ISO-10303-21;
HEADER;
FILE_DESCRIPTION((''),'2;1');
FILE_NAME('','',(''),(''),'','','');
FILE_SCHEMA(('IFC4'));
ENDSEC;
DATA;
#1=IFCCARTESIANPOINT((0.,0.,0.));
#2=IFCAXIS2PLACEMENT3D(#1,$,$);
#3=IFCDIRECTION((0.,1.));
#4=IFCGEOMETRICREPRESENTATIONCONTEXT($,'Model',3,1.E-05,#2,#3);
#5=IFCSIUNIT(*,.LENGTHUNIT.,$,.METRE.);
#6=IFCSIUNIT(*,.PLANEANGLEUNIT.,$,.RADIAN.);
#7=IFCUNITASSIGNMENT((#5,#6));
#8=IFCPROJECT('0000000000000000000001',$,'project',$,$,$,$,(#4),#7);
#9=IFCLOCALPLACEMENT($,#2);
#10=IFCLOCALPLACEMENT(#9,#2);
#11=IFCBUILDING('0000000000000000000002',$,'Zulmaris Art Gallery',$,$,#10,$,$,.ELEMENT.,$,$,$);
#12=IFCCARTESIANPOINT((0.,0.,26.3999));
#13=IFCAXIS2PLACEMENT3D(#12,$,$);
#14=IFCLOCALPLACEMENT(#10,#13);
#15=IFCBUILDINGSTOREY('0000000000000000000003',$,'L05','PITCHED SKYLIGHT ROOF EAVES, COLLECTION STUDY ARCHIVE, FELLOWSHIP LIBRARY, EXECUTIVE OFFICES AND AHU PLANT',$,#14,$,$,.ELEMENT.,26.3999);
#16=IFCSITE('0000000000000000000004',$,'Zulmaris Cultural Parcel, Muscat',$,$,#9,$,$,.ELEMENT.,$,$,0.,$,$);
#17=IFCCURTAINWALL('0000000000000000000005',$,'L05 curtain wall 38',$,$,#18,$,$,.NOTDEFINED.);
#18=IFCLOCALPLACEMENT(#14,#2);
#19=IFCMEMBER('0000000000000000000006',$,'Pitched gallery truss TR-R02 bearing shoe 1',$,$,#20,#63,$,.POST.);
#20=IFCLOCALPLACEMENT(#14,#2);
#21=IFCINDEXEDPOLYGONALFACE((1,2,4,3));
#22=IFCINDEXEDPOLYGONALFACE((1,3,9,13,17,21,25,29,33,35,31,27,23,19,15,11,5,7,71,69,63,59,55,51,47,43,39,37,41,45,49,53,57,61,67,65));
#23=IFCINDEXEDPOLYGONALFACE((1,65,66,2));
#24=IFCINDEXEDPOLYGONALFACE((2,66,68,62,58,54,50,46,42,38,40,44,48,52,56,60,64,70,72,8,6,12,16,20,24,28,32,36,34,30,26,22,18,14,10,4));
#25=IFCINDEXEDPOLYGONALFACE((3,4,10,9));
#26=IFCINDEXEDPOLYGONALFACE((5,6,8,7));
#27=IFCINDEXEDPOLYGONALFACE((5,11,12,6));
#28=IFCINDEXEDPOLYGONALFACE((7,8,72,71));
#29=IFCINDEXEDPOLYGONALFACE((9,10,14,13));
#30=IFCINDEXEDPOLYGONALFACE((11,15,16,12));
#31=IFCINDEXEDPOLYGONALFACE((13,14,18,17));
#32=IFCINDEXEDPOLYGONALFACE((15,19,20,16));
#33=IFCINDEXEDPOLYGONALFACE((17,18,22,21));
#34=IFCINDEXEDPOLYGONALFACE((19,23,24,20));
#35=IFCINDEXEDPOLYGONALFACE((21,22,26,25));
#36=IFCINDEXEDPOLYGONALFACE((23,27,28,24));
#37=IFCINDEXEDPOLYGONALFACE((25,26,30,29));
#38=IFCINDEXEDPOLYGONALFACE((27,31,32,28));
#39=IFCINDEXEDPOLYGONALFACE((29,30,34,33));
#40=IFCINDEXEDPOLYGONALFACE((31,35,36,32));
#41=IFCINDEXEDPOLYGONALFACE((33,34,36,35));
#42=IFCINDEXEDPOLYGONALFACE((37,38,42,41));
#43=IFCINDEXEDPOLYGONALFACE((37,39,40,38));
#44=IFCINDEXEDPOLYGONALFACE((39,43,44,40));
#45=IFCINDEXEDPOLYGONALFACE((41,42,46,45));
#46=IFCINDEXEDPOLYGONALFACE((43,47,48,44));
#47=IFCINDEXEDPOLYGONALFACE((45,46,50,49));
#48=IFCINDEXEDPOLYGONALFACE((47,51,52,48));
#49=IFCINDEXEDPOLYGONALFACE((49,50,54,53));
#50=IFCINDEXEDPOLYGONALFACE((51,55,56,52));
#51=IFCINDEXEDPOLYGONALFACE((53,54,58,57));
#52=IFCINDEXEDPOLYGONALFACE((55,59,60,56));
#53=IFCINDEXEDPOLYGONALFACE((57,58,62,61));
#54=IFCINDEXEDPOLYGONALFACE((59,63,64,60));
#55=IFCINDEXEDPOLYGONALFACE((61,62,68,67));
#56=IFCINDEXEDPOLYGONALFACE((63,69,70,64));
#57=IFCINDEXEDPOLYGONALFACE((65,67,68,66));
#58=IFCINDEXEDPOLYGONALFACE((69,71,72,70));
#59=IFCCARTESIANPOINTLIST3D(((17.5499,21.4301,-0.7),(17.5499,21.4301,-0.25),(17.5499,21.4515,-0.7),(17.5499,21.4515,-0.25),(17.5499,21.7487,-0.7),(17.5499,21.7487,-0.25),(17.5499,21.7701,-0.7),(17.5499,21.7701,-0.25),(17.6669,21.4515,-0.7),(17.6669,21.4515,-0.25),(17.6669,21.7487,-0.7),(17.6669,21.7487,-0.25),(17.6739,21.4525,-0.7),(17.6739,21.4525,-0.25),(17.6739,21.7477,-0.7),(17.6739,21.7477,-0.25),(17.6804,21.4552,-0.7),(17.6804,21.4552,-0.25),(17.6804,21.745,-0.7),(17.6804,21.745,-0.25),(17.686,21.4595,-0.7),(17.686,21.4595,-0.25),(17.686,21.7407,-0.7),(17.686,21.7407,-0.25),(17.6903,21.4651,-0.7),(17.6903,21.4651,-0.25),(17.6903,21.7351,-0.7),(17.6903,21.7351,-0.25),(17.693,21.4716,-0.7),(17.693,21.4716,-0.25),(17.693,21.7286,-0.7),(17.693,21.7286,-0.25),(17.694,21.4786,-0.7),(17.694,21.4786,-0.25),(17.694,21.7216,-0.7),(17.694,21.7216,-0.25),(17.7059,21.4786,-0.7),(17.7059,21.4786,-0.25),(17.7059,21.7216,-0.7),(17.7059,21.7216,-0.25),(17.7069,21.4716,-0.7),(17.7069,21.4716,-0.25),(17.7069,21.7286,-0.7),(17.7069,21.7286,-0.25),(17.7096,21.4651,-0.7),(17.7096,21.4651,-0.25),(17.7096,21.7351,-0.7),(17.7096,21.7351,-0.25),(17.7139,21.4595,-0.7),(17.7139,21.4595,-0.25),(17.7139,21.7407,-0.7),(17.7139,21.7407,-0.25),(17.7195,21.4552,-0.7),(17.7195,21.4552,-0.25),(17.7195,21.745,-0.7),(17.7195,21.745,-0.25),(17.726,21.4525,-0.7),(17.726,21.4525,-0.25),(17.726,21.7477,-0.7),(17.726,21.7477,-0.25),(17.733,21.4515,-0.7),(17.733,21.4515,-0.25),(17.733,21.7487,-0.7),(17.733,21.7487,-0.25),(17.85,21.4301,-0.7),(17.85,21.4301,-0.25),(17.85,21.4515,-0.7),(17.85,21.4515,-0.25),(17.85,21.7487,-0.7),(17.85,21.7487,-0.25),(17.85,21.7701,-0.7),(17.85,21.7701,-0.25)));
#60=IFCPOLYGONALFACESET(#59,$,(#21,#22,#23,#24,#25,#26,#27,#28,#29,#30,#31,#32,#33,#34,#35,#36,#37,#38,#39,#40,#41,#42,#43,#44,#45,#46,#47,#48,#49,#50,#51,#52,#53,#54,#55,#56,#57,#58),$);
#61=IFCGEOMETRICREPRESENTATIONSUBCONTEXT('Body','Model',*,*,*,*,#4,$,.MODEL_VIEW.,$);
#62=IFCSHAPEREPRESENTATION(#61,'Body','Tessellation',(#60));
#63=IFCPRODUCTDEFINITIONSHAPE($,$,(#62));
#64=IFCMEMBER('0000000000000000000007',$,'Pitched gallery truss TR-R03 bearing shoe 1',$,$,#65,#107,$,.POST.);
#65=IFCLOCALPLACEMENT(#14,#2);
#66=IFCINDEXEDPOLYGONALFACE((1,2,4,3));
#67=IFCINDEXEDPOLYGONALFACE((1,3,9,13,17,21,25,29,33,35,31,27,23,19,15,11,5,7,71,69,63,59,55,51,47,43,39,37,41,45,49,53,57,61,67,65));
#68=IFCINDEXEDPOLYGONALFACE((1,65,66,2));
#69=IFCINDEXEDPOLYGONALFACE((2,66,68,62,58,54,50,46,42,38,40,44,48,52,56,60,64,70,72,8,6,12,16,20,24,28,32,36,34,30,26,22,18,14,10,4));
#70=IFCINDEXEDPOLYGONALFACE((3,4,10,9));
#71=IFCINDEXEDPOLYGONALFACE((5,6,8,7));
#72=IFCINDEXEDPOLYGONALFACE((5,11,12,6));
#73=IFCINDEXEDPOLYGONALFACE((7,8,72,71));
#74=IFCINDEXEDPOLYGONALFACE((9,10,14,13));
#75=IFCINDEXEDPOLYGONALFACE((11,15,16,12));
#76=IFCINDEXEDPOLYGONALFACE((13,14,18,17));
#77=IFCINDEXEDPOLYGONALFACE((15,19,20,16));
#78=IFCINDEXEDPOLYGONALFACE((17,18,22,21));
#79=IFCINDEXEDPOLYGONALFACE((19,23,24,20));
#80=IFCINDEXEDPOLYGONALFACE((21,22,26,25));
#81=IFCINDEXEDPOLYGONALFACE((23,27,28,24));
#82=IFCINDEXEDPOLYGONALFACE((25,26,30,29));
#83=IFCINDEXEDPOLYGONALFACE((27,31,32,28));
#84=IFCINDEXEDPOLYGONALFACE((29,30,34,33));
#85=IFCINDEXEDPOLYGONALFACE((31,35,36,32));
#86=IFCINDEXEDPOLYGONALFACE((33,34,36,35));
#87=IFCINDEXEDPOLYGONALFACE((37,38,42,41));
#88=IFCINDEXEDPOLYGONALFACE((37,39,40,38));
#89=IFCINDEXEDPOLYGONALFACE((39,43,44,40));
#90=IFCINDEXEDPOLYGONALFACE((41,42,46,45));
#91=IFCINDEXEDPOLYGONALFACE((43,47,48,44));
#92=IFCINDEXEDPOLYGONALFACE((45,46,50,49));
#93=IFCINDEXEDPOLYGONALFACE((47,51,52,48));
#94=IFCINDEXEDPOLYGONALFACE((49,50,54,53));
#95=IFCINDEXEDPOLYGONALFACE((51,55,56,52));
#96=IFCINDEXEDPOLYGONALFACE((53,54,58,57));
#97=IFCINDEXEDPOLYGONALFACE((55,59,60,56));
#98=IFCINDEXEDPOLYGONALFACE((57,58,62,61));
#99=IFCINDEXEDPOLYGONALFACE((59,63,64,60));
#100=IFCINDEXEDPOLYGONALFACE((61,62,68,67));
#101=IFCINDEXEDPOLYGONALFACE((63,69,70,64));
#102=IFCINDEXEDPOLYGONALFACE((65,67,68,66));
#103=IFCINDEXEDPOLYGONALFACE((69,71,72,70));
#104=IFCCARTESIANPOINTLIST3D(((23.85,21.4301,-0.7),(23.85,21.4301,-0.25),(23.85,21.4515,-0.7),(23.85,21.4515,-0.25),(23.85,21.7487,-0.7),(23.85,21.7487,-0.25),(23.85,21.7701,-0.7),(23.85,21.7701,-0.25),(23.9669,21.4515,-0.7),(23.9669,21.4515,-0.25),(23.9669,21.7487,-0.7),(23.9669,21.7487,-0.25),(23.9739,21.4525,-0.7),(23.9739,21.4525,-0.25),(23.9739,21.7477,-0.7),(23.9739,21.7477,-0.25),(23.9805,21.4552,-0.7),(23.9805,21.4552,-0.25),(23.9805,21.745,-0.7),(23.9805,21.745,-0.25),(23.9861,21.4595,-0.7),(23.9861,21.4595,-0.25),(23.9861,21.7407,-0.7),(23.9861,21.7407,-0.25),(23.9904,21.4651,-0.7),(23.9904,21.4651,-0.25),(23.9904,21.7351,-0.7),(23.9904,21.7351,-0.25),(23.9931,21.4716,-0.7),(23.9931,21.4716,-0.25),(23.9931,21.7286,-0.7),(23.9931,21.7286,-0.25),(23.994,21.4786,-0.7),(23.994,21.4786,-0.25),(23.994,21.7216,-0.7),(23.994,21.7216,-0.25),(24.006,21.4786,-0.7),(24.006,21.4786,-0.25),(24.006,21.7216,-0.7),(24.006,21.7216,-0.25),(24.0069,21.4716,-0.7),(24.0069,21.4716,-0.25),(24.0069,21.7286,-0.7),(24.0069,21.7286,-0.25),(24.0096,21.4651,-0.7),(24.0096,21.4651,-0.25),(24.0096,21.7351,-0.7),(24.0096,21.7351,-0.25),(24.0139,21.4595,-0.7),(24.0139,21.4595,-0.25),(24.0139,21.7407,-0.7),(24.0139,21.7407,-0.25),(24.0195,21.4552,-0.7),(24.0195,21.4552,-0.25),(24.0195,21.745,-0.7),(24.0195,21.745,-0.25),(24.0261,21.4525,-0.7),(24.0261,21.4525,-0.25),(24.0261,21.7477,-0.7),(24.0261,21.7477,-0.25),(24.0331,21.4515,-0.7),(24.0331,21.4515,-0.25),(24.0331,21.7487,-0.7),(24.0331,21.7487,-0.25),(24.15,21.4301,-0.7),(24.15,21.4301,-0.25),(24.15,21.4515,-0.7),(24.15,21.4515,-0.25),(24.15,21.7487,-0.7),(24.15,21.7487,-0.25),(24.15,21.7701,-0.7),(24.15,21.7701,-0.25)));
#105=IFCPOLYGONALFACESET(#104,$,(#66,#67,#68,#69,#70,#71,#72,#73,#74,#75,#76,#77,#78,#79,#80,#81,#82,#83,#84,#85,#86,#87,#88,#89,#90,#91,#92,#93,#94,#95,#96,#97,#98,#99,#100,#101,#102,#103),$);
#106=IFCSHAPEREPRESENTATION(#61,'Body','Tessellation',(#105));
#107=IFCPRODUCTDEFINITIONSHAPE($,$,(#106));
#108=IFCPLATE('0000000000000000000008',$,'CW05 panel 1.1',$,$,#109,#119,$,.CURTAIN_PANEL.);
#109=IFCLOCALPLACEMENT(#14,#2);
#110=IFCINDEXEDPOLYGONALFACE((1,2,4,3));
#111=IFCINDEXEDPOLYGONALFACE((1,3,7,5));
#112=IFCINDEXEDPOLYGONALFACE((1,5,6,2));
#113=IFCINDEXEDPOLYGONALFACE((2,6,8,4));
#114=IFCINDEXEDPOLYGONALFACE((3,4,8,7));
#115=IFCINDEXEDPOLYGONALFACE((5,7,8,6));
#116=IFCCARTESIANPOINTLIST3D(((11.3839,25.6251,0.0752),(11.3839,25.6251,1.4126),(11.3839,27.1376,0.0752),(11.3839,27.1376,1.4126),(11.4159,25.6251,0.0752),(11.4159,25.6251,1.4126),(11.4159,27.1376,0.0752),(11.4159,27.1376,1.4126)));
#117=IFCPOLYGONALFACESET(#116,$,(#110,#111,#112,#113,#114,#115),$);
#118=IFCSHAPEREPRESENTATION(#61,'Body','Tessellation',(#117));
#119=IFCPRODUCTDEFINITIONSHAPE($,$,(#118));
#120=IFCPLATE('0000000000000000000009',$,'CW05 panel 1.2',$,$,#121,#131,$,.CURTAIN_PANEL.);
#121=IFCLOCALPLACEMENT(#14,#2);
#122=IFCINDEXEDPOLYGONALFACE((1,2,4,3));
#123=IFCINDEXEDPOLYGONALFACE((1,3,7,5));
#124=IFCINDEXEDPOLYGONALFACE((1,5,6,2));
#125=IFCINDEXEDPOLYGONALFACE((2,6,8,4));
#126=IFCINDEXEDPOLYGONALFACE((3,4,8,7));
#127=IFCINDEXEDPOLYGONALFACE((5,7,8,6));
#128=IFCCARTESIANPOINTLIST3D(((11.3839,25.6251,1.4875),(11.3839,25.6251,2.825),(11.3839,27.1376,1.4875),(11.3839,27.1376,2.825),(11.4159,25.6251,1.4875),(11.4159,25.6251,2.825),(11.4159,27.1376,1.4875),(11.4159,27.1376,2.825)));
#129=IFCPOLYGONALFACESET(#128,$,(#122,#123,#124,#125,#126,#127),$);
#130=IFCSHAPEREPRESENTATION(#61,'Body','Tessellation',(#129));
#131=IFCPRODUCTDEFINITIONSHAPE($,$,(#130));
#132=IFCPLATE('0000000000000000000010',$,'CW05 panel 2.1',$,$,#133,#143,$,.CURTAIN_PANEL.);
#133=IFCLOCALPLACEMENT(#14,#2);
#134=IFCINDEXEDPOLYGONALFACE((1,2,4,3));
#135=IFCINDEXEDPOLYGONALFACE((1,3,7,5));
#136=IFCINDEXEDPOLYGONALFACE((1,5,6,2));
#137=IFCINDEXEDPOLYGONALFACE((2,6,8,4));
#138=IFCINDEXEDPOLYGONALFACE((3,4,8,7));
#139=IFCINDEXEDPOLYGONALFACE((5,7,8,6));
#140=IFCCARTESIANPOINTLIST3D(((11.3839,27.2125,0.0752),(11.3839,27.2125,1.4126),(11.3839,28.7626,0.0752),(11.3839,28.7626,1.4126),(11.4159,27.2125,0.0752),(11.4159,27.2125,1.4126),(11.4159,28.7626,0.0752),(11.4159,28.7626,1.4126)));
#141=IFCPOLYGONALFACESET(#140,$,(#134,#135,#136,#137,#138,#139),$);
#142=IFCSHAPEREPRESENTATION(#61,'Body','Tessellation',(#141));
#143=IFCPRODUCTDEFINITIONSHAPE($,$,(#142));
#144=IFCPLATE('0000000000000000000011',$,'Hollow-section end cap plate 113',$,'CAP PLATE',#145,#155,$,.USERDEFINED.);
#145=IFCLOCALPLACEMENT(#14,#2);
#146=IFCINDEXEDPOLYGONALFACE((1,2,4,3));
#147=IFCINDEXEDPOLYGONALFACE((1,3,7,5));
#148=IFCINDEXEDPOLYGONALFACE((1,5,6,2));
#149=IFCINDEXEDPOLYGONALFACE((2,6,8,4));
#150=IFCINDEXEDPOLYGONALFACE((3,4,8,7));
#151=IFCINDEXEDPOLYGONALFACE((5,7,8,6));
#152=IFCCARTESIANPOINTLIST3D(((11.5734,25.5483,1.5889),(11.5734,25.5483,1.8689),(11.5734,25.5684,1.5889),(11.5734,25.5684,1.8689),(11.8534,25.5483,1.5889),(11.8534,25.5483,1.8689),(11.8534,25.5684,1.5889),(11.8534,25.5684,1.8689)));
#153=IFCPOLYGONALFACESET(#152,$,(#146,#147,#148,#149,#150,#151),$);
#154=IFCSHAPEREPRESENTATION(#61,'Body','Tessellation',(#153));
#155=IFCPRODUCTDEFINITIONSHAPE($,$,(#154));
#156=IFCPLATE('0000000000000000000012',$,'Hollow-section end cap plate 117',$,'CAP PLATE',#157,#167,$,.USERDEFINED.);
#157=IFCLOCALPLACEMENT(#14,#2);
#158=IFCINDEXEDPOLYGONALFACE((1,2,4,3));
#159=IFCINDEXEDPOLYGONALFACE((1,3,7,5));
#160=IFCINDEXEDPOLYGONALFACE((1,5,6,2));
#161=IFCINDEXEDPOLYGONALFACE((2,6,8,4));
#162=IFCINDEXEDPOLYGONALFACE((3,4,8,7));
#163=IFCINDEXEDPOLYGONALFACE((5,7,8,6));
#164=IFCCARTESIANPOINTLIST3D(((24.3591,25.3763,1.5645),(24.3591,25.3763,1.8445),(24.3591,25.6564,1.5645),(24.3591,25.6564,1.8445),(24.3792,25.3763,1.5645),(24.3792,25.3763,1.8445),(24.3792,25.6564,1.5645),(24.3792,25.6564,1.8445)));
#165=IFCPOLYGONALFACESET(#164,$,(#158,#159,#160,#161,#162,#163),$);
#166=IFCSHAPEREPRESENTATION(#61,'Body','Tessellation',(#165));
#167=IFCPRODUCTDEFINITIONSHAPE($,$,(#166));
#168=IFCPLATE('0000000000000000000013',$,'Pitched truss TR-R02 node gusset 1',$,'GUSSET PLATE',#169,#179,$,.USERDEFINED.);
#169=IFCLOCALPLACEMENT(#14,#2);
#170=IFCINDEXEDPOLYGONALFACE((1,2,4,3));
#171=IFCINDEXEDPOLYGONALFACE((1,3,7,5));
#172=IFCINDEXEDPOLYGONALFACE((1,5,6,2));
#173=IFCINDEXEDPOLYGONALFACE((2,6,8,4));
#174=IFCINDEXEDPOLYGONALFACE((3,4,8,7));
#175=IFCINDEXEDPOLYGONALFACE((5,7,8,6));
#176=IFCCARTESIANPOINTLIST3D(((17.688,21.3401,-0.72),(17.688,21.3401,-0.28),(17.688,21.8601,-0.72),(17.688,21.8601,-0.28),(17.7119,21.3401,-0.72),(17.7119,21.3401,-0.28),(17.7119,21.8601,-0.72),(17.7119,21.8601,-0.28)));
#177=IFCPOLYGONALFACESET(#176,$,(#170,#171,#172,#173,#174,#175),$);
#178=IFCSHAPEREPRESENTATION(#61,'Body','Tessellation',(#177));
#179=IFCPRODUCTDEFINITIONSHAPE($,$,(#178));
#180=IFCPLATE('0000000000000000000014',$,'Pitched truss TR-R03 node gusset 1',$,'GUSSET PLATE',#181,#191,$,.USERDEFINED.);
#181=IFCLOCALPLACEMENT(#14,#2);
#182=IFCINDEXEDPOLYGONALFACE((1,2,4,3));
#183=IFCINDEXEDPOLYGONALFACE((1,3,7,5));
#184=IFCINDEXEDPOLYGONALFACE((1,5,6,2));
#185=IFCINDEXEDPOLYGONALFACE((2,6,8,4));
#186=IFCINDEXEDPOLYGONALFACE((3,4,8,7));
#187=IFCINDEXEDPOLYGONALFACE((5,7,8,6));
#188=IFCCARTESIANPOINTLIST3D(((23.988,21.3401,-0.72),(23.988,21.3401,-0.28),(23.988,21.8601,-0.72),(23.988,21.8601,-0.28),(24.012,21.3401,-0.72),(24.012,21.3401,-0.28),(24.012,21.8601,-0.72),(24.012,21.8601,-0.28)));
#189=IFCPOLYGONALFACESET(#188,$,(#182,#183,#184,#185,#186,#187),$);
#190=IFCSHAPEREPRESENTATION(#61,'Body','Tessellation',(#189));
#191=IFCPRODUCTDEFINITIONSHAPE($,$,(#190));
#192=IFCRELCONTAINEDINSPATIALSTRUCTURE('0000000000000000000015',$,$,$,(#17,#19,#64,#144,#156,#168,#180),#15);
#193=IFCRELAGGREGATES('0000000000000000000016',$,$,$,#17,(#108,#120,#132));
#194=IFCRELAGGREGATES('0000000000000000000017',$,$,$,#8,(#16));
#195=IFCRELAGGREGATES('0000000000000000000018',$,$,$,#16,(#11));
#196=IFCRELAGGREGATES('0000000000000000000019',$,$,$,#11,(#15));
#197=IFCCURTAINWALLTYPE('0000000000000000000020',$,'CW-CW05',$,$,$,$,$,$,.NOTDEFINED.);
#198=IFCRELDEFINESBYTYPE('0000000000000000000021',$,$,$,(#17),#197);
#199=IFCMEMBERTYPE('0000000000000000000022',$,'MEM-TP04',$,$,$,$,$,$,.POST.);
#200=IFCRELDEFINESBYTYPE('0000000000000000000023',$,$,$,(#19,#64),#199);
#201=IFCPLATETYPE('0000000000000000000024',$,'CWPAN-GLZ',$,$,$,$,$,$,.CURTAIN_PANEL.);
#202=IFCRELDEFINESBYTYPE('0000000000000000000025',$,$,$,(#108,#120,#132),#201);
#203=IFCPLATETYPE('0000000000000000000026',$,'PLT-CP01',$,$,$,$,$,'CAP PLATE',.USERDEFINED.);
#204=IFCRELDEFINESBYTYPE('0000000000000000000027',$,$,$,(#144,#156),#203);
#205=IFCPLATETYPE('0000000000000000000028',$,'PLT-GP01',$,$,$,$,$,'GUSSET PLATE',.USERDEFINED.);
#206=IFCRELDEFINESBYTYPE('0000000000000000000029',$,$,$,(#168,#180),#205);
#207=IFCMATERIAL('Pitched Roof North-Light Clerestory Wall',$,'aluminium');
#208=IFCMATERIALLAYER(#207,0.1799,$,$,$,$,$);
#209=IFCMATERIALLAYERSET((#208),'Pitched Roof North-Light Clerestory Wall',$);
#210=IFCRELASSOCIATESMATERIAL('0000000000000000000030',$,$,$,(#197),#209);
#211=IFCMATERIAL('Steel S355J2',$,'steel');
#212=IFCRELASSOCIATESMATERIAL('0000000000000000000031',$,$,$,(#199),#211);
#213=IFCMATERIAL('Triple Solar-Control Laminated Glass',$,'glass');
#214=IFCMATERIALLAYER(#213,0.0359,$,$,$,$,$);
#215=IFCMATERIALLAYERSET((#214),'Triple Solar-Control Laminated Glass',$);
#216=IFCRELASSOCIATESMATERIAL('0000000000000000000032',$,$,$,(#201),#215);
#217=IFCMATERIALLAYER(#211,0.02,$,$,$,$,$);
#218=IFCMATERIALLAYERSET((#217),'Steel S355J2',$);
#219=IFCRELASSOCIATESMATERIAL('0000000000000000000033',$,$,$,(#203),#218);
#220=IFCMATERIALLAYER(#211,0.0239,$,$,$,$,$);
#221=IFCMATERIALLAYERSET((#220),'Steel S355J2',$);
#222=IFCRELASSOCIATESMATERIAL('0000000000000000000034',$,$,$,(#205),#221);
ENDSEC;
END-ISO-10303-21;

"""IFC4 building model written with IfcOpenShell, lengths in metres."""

from ifc_helpers import new_model, si_unit, direction, frame, origin, origin_2d, place, context, subcontext, project, spatial, rectangle, i_section, extrude, material, layer, layer_set, material_profile, profile_set, type_object, element, aggregate, save


model = new_model("IFC4")

# Units and contexts
model_context = context("Model", 3, precision=1e-05, world=origin(), true_north=direction((0.0, 1.0)))
body_context = subcontext(model_context, "Body", "Model", "MODEL_VIEW")
ifc_project = project(units=[si_unit("LENGTHUNIT", "METRE"), si_unit("PLANEANGLEUNIT", "RADIAN")], contexts=[model_context])

# Site, building, storey
site_placement = place(None, origin())
site = spatial("IfcSite", under=ifc_project, at=site_placement, Name="Zulmaris Cultural Parcel, Muscat", CompositionType="ELEMENT", RefElevation=0.0)
building_placement = place(site_placement, origin())
building = spatial("IfcBuilding", under=site, at=building_placement, Name="Zulmaris Art Gallery", CompositionType="ELEMENT")
storey_placement = place(building_placement, frame((0.0, 0.0, 26.3999)))
storey = spatial("IfcBuildingStorey", under=building, at=storey_placement, Name="L05", Description="PITCHED SKYLIGHT ROOF EAVES, COLLECTION STUDY ARCHIVE, FELLOWSHIP LIBRARY, EXECUTIVE OFFICES AND AHU PLANT", CompositionType="ELEMENT", Elevation=26.3999)

# Curtain wall
ifc_material_1 = material(Name="Pitched Roof North-Light Clerestory Wall", Category="aluminium")
ifc_layer_1 = layer(ifc_material_1, 0.1799)
ifc_layer_set_1 = layer_set([ifc_layer_1], Name="Pitched Roof North-Light Clerestory Wall")
curtain_wall_type = type_object("IfcCurtainWallType", Name="CW-CW05", PredefinedType="NOTDEFINED", material=ifc_layer_set_1)
curtain_wall_placement = place(storey_placement, origin())
curtain_wall = element("IfcCurtainWall", 1, at=curtain_wall_placement, inside=storey, type_object=curtain_wall_type, Name="L05 curtain wall 38", PredefinedType="NOTDEFINED")

# Members
ifc_material_2 = material(Name="Steel S355J2", Category="steel")
ifc_material_profile_1 = material_profile(ifc_material_2, i_section(OverallWidth=0.3, OverallDepth=0.3401, WebThickness=0.012, FlangeThickness=0.0215, FilletRadius=0.0271, at=origin_2d()), Name="HEB 340")
ifc_profile_set_1 = profile_set([ifc_material_profile_1], Name="Steel S355J2")
member_type_1 = type_object("IfcMemberType", Name="MEM-TP04", PredefinedType="POST", material=ifc_profile_set_1)
for number, where, z_axis, x_axis, name in (
    (2, (17.7, 21.6001, -0.7), (0.0, 0.0, 1.0), (1.0, 0.0, 0.0), "Pitched gallery truss TR-R02 bearing shoe 1"),
    (3, (24.0, 21.6001, -0.7), (0.0, 0.0, 1.0), (1.0, 0.0, 0.0), "Pitched gallery truss TR-R03 bearing shoe 1"),
):
    element("IfcMember", number, at=place(storey_placement, frame(where, z_axis=z_axis, x_axis=x_axis)), inside=storey, type_object=member_type_1, Name=name, PredefinedType="POST", context=body_context, shape_type="SweptSolid", body=[
        extrude(i_section(OverallWidth=0.3, OverallDepth=0.3401, WebThickness=0.012, FlangeThickness=0.0215, FilletRadius=0.0271, at=origin_2d()), origin(), (0.0, 0.0, 1.0), 0.45),
    ])

# Plates
ifc_material_3 = material(Name="Triple Solar-Control Laminated Glass", Category="glass")
ifc_layer_2 = layer(ifc_material_3, 0.0359)
ifc_layer_set_2 = layer_set([ifc_layer_2], Name="Triple Solar-Control Laminated Glass")
plate_type_1 = type_object("IfcPlateType", Name="CWPAN-GLZ", PredefinedType="CURTAIN_PANEL", material=ifc_layer_set_2)
plate_1_placement = place(storey_placement, frame((11.3999, 26.3813, 0.0752), z_axis=(0.0, 0.0, 1.0), x_axis=(0.0, 1.0, 0.0)))
plate_1 = element("IfcPlate", 4, at=plate_1_placement, type_object=plate_type_1, Name="CW05 panel 1.1", PredefinedType="CURTAIN_PANEL", context=body_context, shape_type="SweptSolid", body=[
    extrude(rectangle(XDim=1.5125, YDim=0.032, at=origin_2d()), origin(), (0.0, 0.0, 1.0), 1.3374),
])
plate_2_placement = place(storey_placement, frame((11.3999, 26.3813, 1.4875), z_axis=(0.0, 0.0, 1.0), x_axis=(0.0, 1.0, 0.0)))
plate_2 = element("IfcPlate", 5, at=plate_2_placement, type_object=plate_type_1, Name="CW05 panel 1.2", PredefinedType="CURTAIN_PANEL", context=body_context, shape_type="SweptSolid", body=[
    extrude(rectangle(XDim=1.5125, YDim=0.032, at=origin_2d()), origin(), (0.0, 0.0, 1.0), 1.3374),
])
plate_3_placement = place(storey_placement, frame((11.3999, 27.9875, 0.0752), z_axis=(0.0, 0.0, 1.0), x_axis=(0.0, 1.0, 0.0)))
plate_3 = element("IfcPlate", 6, at=plate_3_placement, type_object=plate_type_1, Name="CW05 panel 2.1", PredefinedType="CURTAIN_PANEL", context=body_context, shape_type="SweptSolid", body=[
    extrude(rectangle(XDim=1.55, YDim=0.032, at=origin_2d()), origin(), (0.0, 0.0, 1.0), 1.3374),
])
aggregate(curtain_wall, [plate_1, plate_2, plate_3])

# Plates
ifc_layer_3 = layer(ifc_material_2, 0.02)
ifc_layer_set_3 = layer_set([ifc_layer_3], Name="Steel S355J2")
plate_type_2 = type_object("IfcPlateType", Name="PLT-CP01", ElementType="CAP PLATE", PredefinedType="USERDEFINED", material=ifc_layer_set_3)
plate_4_placement = place(storey_placement, frame((11.7134, 25.5583, 1.5889), z_axis=(0.0, 0.0, 1.0), x_axis=(1.0, 0.0, 0.0)))
element("IfcPlate", 7, at=plate_4_placement, inside=storey, type_object=plate_type_2, Name="Hollow-section end cap plate 113", ObjectType="CAP PLATE", PredefinedType="USERDEFINED", context=body_context, shape_type="SweptSolid", body=[
    extrude(rectangle(XDim=0.28, YDim=0.02, at=origin_2d()), origin(), (0.0, 0.0, 1.0), 0.28),
])
plate_5_placement = place(storey_placement, frame((24.3691, 25.5164, 1.5645), z_axis=(0.0, 0.0, 1.0), x_axis=(1.0, 0.0, 0.0)))
element("IfcPlate", 8, at=plate_5_placement, inside=storey, type_object=plate_type_2, Name="Hollow-section end cap plate 117", ObjectType="CAP PLATE", PredefinedType="USERDEFINED", context=body_context, shape_type="SweptSolid", body=[
    extrude(rectangle(XDim=0.02, YDim=0.28, at=origin_2d()), origin(), (0.0, 0.0, 1.0), 0.28),
])
ifc_layer_4 = layer(ifc_material_2, 0.0239)
ifc_layer_set_4 = layer_set([ifc_layer_4], Name="Steel S355J2")
plate_type_3 = type_object("IfcPlateType", Name="PLT-GP01", ElementType="GUSSET PLATE", PredefinedType="USERDEFINED", material=ifc_layer_set_4)
for number, where, z_axis, x_axis, name in (
    (9, (17.7, 21.6001, -0.72), (0.0, 0.0, 1.0), (1.0, 0.0, 0.0), "Pitched truss TR-R02 node gusset 1"),
    (10, (24.0, 21.6001, -0.72), (0.0, 0.0, 1.0), (1.0, 0.0, 0.0), "Pitched truss TR-R03 node gusset 1"),
):
    element("IfcPlate", number, at=place(storey_placement, frame(where, z_axis=z_axis, x_axis=x_axis)), inside=storey, type_object=plate_type_3, Name=name, ObjectType="GUSSET PLATE", PredefinedType="USERDEFINED", context=body_context, shape_type="SweptSolid", body=[
        extrude(rectangle(XDim=0.0239, YDim=0.52, at=origin_2d()), origin(), (0.0, 0.0, 1.0), 0.4399),
    ])

save(model, "model.ifc")
